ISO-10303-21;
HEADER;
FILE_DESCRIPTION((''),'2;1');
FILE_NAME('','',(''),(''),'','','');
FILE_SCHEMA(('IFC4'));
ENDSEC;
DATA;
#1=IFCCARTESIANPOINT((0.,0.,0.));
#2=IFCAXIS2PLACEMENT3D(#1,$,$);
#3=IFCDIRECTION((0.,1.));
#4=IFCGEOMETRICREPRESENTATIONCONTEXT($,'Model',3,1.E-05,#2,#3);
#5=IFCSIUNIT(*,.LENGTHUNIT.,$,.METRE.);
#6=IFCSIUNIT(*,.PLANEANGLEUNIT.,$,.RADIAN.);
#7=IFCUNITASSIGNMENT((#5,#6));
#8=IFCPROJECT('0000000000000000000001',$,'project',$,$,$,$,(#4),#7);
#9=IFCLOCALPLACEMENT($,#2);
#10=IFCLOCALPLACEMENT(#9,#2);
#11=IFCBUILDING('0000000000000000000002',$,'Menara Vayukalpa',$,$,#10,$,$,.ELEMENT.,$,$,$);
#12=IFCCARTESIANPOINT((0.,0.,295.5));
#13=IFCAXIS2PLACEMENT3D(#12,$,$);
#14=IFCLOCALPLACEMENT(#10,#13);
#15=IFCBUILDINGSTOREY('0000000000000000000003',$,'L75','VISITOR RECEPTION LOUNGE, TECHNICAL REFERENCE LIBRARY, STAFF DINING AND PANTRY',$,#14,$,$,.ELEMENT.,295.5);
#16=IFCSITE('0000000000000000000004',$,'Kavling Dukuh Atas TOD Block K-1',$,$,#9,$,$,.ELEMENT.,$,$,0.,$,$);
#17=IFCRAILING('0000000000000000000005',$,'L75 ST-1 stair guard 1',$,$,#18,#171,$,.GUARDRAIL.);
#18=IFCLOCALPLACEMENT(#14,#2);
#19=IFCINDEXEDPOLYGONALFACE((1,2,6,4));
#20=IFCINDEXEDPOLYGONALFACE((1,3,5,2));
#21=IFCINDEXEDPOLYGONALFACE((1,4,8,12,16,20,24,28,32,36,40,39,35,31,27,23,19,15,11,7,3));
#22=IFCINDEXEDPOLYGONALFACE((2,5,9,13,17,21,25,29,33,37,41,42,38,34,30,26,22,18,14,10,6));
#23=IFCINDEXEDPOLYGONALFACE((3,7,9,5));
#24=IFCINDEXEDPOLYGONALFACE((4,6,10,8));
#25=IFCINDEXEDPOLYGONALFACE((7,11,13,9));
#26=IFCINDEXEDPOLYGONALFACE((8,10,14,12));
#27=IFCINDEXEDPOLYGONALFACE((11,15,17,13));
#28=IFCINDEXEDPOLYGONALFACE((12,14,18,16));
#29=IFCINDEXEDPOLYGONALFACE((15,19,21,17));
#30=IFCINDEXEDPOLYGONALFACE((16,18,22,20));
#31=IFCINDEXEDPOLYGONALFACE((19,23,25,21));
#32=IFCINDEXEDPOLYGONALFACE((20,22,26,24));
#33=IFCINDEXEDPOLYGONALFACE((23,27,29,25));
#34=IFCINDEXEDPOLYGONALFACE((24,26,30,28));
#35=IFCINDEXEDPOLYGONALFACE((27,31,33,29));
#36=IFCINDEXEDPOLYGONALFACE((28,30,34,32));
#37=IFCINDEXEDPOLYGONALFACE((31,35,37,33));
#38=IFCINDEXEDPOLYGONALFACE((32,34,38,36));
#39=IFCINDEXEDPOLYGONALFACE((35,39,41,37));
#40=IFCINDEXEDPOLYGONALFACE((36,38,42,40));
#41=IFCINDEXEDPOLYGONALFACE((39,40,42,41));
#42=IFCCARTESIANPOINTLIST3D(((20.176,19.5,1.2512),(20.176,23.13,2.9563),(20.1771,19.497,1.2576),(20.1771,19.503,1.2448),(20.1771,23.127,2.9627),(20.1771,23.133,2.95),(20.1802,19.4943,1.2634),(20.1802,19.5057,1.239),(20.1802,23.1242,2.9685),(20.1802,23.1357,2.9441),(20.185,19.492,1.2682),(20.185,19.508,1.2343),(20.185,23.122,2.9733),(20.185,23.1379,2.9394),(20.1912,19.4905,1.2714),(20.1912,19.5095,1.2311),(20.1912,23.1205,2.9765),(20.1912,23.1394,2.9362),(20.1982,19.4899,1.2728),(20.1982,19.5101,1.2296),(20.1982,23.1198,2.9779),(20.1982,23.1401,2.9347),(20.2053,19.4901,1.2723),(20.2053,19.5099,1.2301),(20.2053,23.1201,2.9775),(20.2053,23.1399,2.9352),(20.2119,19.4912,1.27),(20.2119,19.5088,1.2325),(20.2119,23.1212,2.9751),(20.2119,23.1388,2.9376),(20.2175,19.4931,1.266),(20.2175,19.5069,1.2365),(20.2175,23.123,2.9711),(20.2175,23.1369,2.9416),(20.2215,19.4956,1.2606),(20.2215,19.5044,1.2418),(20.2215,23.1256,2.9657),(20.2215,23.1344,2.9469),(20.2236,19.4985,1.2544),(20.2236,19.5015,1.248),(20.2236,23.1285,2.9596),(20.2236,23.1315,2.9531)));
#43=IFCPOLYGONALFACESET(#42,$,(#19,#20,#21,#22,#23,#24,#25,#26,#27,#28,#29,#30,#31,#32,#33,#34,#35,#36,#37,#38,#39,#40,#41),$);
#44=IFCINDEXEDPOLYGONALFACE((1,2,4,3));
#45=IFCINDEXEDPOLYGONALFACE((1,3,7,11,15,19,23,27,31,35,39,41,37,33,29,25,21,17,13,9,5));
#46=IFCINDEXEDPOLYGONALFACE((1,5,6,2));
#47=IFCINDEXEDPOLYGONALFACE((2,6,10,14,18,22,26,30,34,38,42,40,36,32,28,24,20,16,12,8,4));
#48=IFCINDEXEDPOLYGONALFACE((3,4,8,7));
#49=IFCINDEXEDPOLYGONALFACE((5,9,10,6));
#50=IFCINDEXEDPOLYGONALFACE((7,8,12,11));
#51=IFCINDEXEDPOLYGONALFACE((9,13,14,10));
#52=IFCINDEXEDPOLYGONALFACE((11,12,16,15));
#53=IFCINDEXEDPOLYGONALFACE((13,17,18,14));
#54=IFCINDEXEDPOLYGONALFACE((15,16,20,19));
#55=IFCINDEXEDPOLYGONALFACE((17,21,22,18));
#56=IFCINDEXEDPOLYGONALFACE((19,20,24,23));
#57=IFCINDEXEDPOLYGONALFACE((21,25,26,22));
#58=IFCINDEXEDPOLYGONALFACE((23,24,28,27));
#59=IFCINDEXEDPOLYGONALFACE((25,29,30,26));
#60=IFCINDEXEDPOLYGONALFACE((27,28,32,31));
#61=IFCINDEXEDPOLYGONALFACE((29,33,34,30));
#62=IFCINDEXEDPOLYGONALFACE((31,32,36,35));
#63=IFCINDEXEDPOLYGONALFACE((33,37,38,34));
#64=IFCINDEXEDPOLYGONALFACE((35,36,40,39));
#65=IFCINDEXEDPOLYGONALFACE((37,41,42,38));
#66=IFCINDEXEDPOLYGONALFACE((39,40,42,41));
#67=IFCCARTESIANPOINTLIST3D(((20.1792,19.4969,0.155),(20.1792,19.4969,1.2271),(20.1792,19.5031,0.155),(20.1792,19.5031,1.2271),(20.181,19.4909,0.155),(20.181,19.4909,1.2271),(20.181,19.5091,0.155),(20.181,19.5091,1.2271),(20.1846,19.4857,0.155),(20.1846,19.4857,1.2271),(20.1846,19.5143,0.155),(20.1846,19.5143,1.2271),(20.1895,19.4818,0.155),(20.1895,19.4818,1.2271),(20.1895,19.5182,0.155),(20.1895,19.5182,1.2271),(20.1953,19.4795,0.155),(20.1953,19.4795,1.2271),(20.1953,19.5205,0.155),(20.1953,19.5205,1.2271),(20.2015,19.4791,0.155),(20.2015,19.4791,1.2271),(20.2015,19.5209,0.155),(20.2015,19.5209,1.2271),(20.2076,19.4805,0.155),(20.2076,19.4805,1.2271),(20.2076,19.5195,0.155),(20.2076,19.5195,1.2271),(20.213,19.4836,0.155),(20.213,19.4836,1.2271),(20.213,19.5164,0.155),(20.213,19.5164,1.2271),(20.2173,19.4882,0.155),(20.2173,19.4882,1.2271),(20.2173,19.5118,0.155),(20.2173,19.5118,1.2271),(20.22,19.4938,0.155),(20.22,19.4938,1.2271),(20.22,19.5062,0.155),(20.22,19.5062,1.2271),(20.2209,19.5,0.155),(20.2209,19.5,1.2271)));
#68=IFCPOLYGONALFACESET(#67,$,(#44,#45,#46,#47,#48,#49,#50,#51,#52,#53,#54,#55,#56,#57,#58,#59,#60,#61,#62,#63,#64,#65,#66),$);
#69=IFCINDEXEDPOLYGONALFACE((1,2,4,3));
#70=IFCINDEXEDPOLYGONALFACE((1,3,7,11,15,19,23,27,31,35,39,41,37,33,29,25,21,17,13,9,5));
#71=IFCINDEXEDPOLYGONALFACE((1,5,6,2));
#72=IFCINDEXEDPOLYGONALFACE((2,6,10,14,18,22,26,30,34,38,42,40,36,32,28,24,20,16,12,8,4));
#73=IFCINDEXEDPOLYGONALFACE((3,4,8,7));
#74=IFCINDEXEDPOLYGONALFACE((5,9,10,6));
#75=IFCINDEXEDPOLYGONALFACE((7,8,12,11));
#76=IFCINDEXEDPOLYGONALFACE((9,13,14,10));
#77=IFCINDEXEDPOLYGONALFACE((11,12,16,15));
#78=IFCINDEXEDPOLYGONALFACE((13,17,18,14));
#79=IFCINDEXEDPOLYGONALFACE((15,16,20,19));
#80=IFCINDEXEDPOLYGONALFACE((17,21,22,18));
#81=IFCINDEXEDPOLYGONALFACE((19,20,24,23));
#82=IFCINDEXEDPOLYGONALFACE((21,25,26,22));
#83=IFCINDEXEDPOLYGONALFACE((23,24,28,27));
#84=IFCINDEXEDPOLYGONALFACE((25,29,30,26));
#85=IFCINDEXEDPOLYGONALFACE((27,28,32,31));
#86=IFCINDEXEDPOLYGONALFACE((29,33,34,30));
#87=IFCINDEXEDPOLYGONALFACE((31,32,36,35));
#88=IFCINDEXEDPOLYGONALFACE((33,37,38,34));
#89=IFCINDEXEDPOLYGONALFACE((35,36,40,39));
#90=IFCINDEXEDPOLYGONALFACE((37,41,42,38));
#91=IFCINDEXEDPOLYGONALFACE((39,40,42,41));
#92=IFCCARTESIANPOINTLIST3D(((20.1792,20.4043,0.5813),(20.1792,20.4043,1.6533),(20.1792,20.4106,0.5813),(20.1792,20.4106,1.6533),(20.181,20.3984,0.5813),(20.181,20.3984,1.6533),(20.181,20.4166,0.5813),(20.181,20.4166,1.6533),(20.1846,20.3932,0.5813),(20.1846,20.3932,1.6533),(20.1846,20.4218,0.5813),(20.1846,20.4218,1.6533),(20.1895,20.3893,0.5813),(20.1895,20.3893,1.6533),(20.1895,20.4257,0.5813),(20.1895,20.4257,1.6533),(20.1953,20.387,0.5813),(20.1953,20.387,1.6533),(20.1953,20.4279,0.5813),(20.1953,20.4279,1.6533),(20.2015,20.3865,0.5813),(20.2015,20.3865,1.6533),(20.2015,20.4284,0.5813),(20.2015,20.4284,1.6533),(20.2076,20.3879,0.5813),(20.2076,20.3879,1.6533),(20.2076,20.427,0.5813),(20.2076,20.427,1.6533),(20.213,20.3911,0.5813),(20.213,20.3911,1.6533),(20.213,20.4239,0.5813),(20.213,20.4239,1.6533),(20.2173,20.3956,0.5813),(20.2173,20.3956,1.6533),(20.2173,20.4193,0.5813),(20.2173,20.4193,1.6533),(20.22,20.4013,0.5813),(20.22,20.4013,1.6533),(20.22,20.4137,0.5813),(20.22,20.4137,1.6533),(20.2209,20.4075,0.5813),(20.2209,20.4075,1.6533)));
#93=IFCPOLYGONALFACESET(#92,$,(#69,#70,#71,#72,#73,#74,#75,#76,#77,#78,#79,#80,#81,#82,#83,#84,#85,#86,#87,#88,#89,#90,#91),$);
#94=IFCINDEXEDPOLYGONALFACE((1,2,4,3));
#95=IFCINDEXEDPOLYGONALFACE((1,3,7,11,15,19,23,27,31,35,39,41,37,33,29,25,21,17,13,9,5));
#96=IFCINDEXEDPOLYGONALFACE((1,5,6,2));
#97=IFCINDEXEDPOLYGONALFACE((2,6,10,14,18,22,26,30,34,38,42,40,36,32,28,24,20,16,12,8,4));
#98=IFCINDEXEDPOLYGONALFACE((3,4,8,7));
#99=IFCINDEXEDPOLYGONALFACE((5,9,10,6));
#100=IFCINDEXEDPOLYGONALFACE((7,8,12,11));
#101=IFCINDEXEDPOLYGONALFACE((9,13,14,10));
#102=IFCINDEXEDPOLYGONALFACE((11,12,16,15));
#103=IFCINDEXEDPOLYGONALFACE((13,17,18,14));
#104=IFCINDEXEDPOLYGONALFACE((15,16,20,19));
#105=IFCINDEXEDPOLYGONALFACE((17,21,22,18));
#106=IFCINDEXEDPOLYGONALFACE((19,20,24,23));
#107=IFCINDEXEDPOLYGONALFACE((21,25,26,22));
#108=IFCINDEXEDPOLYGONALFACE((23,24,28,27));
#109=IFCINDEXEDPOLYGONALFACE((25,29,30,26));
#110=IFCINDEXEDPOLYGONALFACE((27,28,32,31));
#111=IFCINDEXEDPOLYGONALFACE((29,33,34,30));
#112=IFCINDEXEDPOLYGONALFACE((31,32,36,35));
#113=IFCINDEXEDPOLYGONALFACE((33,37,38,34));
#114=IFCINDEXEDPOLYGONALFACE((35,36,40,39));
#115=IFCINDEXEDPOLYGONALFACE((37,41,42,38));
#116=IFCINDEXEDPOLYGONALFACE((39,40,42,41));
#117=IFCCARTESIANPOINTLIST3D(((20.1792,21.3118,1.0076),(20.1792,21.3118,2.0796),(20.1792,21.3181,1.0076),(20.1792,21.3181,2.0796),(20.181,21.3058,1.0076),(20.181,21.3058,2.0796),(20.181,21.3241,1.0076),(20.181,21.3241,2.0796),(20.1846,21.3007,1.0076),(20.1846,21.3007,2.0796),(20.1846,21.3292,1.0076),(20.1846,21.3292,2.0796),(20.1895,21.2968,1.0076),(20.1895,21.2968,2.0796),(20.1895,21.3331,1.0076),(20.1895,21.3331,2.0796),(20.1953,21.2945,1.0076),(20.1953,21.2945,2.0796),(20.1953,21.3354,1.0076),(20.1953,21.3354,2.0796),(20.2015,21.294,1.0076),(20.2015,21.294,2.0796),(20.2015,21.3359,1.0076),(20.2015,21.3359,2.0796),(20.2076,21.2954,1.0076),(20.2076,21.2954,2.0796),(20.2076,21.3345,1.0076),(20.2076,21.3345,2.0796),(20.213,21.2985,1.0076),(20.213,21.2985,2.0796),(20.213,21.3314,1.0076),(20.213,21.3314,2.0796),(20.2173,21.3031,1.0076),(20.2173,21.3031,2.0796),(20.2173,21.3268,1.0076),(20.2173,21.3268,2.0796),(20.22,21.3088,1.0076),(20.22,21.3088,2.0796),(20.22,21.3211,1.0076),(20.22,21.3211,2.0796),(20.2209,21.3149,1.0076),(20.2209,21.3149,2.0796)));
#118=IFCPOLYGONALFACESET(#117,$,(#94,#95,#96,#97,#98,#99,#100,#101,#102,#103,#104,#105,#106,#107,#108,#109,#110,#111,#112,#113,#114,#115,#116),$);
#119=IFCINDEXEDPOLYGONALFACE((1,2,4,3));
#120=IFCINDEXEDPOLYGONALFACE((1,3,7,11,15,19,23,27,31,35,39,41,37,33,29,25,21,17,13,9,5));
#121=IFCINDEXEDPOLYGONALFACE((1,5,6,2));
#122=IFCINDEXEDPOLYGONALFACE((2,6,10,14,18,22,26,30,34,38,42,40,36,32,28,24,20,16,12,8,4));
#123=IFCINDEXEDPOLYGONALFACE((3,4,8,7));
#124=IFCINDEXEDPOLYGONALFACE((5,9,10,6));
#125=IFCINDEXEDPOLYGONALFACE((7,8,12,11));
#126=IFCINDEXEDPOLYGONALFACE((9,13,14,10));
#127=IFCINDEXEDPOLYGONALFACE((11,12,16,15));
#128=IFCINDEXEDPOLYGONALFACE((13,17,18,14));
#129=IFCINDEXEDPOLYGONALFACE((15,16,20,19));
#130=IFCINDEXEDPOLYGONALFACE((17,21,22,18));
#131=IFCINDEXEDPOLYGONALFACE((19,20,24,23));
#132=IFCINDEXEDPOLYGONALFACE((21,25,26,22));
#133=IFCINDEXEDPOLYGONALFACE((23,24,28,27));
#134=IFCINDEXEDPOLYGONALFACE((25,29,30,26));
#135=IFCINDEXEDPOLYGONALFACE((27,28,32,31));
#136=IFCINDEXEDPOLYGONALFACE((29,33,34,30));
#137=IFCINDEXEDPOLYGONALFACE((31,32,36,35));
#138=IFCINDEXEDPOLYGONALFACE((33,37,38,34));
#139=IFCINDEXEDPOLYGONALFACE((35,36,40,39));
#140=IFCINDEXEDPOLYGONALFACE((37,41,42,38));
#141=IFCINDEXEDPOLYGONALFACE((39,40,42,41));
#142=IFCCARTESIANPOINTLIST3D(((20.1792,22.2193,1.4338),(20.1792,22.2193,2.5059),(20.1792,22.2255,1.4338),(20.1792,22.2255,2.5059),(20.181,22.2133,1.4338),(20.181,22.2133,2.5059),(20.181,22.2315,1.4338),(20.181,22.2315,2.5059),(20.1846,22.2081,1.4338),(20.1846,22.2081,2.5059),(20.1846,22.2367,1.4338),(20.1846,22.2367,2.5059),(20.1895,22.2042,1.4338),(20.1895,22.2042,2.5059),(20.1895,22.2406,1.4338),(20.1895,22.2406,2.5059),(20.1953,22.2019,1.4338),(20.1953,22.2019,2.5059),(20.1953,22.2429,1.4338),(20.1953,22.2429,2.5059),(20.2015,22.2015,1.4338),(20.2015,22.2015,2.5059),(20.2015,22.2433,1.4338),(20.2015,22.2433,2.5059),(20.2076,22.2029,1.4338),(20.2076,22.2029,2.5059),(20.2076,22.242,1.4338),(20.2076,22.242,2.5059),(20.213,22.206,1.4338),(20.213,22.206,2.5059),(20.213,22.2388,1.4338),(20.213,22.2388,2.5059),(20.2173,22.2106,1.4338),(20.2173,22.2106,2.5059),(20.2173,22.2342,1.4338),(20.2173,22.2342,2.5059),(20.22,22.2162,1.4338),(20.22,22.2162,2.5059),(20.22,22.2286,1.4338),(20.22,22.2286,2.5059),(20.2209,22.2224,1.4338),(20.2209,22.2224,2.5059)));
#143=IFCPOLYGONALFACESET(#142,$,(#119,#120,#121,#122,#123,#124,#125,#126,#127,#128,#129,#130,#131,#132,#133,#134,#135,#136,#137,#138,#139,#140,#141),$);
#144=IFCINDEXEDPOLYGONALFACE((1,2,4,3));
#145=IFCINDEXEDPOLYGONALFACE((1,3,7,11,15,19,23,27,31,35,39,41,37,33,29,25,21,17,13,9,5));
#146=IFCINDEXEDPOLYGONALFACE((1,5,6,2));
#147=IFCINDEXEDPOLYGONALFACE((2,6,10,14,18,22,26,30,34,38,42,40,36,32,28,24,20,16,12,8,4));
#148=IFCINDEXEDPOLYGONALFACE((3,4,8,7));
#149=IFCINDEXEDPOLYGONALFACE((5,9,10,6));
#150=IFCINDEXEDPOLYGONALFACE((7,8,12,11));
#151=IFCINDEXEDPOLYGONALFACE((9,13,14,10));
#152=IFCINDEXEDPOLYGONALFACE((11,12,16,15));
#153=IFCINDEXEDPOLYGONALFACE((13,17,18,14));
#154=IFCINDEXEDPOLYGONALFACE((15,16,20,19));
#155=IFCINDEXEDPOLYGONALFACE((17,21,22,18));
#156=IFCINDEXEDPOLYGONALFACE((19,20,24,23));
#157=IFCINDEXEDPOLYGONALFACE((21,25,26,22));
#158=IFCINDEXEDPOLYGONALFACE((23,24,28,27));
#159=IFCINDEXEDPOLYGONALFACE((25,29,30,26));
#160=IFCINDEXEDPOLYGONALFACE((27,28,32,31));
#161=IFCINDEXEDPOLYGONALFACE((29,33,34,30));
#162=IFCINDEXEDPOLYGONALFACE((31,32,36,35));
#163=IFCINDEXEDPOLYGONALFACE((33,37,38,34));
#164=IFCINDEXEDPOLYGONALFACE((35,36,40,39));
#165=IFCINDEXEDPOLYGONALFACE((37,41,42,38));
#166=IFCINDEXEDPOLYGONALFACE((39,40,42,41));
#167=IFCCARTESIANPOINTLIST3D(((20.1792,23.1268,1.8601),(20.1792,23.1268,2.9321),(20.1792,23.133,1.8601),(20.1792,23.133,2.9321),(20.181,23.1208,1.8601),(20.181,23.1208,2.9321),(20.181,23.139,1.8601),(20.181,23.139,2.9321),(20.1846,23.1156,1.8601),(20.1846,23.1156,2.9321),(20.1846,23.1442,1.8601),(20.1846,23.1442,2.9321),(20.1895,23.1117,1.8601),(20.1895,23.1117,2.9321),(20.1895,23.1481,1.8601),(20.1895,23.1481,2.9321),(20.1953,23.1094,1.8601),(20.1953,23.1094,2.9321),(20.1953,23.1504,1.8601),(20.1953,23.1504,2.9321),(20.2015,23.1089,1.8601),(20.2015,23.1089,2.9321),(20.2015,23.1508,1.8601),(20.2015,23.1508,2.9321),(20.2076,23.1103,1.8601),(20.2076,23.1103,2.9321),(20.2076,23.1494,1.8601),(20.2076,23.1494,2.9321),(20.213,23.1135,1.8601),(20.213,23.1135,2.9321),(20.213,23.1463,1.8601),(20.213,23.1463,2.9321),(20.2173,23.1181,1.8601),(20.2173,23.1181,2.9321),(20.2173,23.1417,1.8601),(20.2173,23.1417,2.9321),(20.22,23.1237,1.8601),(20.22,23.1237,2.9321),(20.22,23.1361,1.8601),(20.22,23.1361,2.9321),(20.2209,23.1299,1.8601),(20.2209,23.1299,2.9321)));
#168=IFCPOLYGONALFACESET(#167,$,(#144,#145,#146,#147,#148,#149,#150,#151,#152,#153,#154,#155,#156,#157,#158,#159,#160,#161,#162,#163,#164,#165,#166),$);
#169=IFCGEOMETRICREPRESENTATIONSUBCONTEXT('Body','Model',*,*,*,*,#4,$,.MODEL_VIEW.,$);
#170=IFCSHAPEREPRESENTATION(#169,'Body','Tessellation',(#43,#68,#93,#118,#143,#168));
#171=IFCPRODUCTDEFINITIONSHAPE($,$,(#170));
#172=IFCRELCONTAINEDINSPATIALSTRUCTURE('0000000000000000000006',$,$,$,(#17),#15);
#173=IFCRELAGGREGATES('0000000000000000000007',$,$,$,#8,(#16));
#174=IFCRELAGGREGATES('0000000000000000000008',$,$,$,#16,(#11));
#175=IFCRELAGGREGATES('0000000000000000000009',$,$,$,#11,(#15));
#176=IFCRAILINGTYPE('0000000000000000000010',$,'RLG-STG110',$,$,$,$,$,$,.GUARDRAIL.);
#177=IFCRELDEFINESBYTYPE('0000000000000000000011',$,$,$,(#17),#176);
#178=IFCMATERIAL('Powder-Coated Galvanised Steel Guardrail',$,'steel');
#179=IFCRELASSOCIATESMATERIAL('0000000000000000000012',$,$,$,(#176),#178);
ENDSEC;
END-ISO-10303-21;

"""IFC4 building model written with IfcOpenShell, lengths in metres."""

from ifc_helpers import new_model, si_unit, direction, frame, origin, origin_2d, place, context, subcontext, project, spatial, circle, extrude, material, type_object, element, save


model = new_model("IFC4")

# Units and contexts
model_context = context("Model", 3, precision=1e-05, world=origin(), true_north=direction((0.0, 1.0)))
body_context = subcontext(model_context, "Body", "Model", "MODEL_VIEW")
ifc_project = project(units=[si_unit("LENGTHUNIT", "METRE"), si_unit("PLANEANGLEUNIT", "RADIAN")], contexts=[model_context])

# Site, building, storey
site_placement = place(None, origin())
site = spatial("IfcSite", under=ifc_project, at=site_placement, Name="Kavling Dukuh Atas TOD Block K-1", CompositionType="ELEMENT", RefElevation=0.0)
building_placement = place(site_placement, origin())
building = spatial("IfcBuilding", under=site, at=building_placement, Name="Menara Vayukalpa", CompositionType="ELEMENT")
storey_placement = place(building_placement, frame((0.0, 0.0, 295.5)))
storey = spatial("IfcBuildingStorey", under=building, at=storey_placement, Name="L75", Description="VISITOR RECEPTION LOUNGE, TECHNICAL REFERENCE LIBRARY, STAFF DINING AND PANTRY", CompositionType="ELEMENT", Elevation=295.5)

# Railing
ifc_material_1 = material(Name="Powder-Coated Galvanised Steel Guardrail", Category="steel")
railing_type = type_object("IfcRailingType", Name="RLG-STG110", PredefinedType="GUARDRAIL", material=ifc_material_1)
railing_1_placement = place(storey_placement, frame((20.2, 19.5, 0.155)))
element("IfcRailing", 1, at=railing_1_placement, inside=storey, type_object=railing_type, Name="L75 ST-1 stair guard 1", PredefinedType="GUARDRAIL", context=body_context, shape_type="SweptSolid", body=[
    extrude(circle(Radius=0.0239, at=origin_2d()), frame((0.0, 0.0, 1.0962), z_axis=(0.0, 0.905116, 0.425164), x_axis=(-1.0, 0.0, 0.0)), (0.0, 0.0, 1.0), 4.0105),
    extrude(circle(Radius=0.021, at=origin_2d()), origin(), (0.0, 0.0, 1.0), 1.072),
    extrude(circle(Radius=0.021, at=origin_2d()), frame((0.0, 0.9075, 0.4263)), (0.0, 0.0, 1.0), 1.072),
    extrude(circle(Radius=0.021, at=origin_2d()), frame((0.0, 1.8149, 0.8525)), (0.0, 0.0, 1.0), 1.072),
    extrude(circle(Radius=0.021, at=origin_2d()), frame((0.0, 2.7224, 1.2788)), (0.0, 0.0, 1.0), 1.072),
    extrude(circle(Radius=0.021, at=origin_2d()), frame((0.0, 3.6299, 1.7051)), (0.0, 0.0, 1.0), 1.072),
])

save(model, "model.ifc")
